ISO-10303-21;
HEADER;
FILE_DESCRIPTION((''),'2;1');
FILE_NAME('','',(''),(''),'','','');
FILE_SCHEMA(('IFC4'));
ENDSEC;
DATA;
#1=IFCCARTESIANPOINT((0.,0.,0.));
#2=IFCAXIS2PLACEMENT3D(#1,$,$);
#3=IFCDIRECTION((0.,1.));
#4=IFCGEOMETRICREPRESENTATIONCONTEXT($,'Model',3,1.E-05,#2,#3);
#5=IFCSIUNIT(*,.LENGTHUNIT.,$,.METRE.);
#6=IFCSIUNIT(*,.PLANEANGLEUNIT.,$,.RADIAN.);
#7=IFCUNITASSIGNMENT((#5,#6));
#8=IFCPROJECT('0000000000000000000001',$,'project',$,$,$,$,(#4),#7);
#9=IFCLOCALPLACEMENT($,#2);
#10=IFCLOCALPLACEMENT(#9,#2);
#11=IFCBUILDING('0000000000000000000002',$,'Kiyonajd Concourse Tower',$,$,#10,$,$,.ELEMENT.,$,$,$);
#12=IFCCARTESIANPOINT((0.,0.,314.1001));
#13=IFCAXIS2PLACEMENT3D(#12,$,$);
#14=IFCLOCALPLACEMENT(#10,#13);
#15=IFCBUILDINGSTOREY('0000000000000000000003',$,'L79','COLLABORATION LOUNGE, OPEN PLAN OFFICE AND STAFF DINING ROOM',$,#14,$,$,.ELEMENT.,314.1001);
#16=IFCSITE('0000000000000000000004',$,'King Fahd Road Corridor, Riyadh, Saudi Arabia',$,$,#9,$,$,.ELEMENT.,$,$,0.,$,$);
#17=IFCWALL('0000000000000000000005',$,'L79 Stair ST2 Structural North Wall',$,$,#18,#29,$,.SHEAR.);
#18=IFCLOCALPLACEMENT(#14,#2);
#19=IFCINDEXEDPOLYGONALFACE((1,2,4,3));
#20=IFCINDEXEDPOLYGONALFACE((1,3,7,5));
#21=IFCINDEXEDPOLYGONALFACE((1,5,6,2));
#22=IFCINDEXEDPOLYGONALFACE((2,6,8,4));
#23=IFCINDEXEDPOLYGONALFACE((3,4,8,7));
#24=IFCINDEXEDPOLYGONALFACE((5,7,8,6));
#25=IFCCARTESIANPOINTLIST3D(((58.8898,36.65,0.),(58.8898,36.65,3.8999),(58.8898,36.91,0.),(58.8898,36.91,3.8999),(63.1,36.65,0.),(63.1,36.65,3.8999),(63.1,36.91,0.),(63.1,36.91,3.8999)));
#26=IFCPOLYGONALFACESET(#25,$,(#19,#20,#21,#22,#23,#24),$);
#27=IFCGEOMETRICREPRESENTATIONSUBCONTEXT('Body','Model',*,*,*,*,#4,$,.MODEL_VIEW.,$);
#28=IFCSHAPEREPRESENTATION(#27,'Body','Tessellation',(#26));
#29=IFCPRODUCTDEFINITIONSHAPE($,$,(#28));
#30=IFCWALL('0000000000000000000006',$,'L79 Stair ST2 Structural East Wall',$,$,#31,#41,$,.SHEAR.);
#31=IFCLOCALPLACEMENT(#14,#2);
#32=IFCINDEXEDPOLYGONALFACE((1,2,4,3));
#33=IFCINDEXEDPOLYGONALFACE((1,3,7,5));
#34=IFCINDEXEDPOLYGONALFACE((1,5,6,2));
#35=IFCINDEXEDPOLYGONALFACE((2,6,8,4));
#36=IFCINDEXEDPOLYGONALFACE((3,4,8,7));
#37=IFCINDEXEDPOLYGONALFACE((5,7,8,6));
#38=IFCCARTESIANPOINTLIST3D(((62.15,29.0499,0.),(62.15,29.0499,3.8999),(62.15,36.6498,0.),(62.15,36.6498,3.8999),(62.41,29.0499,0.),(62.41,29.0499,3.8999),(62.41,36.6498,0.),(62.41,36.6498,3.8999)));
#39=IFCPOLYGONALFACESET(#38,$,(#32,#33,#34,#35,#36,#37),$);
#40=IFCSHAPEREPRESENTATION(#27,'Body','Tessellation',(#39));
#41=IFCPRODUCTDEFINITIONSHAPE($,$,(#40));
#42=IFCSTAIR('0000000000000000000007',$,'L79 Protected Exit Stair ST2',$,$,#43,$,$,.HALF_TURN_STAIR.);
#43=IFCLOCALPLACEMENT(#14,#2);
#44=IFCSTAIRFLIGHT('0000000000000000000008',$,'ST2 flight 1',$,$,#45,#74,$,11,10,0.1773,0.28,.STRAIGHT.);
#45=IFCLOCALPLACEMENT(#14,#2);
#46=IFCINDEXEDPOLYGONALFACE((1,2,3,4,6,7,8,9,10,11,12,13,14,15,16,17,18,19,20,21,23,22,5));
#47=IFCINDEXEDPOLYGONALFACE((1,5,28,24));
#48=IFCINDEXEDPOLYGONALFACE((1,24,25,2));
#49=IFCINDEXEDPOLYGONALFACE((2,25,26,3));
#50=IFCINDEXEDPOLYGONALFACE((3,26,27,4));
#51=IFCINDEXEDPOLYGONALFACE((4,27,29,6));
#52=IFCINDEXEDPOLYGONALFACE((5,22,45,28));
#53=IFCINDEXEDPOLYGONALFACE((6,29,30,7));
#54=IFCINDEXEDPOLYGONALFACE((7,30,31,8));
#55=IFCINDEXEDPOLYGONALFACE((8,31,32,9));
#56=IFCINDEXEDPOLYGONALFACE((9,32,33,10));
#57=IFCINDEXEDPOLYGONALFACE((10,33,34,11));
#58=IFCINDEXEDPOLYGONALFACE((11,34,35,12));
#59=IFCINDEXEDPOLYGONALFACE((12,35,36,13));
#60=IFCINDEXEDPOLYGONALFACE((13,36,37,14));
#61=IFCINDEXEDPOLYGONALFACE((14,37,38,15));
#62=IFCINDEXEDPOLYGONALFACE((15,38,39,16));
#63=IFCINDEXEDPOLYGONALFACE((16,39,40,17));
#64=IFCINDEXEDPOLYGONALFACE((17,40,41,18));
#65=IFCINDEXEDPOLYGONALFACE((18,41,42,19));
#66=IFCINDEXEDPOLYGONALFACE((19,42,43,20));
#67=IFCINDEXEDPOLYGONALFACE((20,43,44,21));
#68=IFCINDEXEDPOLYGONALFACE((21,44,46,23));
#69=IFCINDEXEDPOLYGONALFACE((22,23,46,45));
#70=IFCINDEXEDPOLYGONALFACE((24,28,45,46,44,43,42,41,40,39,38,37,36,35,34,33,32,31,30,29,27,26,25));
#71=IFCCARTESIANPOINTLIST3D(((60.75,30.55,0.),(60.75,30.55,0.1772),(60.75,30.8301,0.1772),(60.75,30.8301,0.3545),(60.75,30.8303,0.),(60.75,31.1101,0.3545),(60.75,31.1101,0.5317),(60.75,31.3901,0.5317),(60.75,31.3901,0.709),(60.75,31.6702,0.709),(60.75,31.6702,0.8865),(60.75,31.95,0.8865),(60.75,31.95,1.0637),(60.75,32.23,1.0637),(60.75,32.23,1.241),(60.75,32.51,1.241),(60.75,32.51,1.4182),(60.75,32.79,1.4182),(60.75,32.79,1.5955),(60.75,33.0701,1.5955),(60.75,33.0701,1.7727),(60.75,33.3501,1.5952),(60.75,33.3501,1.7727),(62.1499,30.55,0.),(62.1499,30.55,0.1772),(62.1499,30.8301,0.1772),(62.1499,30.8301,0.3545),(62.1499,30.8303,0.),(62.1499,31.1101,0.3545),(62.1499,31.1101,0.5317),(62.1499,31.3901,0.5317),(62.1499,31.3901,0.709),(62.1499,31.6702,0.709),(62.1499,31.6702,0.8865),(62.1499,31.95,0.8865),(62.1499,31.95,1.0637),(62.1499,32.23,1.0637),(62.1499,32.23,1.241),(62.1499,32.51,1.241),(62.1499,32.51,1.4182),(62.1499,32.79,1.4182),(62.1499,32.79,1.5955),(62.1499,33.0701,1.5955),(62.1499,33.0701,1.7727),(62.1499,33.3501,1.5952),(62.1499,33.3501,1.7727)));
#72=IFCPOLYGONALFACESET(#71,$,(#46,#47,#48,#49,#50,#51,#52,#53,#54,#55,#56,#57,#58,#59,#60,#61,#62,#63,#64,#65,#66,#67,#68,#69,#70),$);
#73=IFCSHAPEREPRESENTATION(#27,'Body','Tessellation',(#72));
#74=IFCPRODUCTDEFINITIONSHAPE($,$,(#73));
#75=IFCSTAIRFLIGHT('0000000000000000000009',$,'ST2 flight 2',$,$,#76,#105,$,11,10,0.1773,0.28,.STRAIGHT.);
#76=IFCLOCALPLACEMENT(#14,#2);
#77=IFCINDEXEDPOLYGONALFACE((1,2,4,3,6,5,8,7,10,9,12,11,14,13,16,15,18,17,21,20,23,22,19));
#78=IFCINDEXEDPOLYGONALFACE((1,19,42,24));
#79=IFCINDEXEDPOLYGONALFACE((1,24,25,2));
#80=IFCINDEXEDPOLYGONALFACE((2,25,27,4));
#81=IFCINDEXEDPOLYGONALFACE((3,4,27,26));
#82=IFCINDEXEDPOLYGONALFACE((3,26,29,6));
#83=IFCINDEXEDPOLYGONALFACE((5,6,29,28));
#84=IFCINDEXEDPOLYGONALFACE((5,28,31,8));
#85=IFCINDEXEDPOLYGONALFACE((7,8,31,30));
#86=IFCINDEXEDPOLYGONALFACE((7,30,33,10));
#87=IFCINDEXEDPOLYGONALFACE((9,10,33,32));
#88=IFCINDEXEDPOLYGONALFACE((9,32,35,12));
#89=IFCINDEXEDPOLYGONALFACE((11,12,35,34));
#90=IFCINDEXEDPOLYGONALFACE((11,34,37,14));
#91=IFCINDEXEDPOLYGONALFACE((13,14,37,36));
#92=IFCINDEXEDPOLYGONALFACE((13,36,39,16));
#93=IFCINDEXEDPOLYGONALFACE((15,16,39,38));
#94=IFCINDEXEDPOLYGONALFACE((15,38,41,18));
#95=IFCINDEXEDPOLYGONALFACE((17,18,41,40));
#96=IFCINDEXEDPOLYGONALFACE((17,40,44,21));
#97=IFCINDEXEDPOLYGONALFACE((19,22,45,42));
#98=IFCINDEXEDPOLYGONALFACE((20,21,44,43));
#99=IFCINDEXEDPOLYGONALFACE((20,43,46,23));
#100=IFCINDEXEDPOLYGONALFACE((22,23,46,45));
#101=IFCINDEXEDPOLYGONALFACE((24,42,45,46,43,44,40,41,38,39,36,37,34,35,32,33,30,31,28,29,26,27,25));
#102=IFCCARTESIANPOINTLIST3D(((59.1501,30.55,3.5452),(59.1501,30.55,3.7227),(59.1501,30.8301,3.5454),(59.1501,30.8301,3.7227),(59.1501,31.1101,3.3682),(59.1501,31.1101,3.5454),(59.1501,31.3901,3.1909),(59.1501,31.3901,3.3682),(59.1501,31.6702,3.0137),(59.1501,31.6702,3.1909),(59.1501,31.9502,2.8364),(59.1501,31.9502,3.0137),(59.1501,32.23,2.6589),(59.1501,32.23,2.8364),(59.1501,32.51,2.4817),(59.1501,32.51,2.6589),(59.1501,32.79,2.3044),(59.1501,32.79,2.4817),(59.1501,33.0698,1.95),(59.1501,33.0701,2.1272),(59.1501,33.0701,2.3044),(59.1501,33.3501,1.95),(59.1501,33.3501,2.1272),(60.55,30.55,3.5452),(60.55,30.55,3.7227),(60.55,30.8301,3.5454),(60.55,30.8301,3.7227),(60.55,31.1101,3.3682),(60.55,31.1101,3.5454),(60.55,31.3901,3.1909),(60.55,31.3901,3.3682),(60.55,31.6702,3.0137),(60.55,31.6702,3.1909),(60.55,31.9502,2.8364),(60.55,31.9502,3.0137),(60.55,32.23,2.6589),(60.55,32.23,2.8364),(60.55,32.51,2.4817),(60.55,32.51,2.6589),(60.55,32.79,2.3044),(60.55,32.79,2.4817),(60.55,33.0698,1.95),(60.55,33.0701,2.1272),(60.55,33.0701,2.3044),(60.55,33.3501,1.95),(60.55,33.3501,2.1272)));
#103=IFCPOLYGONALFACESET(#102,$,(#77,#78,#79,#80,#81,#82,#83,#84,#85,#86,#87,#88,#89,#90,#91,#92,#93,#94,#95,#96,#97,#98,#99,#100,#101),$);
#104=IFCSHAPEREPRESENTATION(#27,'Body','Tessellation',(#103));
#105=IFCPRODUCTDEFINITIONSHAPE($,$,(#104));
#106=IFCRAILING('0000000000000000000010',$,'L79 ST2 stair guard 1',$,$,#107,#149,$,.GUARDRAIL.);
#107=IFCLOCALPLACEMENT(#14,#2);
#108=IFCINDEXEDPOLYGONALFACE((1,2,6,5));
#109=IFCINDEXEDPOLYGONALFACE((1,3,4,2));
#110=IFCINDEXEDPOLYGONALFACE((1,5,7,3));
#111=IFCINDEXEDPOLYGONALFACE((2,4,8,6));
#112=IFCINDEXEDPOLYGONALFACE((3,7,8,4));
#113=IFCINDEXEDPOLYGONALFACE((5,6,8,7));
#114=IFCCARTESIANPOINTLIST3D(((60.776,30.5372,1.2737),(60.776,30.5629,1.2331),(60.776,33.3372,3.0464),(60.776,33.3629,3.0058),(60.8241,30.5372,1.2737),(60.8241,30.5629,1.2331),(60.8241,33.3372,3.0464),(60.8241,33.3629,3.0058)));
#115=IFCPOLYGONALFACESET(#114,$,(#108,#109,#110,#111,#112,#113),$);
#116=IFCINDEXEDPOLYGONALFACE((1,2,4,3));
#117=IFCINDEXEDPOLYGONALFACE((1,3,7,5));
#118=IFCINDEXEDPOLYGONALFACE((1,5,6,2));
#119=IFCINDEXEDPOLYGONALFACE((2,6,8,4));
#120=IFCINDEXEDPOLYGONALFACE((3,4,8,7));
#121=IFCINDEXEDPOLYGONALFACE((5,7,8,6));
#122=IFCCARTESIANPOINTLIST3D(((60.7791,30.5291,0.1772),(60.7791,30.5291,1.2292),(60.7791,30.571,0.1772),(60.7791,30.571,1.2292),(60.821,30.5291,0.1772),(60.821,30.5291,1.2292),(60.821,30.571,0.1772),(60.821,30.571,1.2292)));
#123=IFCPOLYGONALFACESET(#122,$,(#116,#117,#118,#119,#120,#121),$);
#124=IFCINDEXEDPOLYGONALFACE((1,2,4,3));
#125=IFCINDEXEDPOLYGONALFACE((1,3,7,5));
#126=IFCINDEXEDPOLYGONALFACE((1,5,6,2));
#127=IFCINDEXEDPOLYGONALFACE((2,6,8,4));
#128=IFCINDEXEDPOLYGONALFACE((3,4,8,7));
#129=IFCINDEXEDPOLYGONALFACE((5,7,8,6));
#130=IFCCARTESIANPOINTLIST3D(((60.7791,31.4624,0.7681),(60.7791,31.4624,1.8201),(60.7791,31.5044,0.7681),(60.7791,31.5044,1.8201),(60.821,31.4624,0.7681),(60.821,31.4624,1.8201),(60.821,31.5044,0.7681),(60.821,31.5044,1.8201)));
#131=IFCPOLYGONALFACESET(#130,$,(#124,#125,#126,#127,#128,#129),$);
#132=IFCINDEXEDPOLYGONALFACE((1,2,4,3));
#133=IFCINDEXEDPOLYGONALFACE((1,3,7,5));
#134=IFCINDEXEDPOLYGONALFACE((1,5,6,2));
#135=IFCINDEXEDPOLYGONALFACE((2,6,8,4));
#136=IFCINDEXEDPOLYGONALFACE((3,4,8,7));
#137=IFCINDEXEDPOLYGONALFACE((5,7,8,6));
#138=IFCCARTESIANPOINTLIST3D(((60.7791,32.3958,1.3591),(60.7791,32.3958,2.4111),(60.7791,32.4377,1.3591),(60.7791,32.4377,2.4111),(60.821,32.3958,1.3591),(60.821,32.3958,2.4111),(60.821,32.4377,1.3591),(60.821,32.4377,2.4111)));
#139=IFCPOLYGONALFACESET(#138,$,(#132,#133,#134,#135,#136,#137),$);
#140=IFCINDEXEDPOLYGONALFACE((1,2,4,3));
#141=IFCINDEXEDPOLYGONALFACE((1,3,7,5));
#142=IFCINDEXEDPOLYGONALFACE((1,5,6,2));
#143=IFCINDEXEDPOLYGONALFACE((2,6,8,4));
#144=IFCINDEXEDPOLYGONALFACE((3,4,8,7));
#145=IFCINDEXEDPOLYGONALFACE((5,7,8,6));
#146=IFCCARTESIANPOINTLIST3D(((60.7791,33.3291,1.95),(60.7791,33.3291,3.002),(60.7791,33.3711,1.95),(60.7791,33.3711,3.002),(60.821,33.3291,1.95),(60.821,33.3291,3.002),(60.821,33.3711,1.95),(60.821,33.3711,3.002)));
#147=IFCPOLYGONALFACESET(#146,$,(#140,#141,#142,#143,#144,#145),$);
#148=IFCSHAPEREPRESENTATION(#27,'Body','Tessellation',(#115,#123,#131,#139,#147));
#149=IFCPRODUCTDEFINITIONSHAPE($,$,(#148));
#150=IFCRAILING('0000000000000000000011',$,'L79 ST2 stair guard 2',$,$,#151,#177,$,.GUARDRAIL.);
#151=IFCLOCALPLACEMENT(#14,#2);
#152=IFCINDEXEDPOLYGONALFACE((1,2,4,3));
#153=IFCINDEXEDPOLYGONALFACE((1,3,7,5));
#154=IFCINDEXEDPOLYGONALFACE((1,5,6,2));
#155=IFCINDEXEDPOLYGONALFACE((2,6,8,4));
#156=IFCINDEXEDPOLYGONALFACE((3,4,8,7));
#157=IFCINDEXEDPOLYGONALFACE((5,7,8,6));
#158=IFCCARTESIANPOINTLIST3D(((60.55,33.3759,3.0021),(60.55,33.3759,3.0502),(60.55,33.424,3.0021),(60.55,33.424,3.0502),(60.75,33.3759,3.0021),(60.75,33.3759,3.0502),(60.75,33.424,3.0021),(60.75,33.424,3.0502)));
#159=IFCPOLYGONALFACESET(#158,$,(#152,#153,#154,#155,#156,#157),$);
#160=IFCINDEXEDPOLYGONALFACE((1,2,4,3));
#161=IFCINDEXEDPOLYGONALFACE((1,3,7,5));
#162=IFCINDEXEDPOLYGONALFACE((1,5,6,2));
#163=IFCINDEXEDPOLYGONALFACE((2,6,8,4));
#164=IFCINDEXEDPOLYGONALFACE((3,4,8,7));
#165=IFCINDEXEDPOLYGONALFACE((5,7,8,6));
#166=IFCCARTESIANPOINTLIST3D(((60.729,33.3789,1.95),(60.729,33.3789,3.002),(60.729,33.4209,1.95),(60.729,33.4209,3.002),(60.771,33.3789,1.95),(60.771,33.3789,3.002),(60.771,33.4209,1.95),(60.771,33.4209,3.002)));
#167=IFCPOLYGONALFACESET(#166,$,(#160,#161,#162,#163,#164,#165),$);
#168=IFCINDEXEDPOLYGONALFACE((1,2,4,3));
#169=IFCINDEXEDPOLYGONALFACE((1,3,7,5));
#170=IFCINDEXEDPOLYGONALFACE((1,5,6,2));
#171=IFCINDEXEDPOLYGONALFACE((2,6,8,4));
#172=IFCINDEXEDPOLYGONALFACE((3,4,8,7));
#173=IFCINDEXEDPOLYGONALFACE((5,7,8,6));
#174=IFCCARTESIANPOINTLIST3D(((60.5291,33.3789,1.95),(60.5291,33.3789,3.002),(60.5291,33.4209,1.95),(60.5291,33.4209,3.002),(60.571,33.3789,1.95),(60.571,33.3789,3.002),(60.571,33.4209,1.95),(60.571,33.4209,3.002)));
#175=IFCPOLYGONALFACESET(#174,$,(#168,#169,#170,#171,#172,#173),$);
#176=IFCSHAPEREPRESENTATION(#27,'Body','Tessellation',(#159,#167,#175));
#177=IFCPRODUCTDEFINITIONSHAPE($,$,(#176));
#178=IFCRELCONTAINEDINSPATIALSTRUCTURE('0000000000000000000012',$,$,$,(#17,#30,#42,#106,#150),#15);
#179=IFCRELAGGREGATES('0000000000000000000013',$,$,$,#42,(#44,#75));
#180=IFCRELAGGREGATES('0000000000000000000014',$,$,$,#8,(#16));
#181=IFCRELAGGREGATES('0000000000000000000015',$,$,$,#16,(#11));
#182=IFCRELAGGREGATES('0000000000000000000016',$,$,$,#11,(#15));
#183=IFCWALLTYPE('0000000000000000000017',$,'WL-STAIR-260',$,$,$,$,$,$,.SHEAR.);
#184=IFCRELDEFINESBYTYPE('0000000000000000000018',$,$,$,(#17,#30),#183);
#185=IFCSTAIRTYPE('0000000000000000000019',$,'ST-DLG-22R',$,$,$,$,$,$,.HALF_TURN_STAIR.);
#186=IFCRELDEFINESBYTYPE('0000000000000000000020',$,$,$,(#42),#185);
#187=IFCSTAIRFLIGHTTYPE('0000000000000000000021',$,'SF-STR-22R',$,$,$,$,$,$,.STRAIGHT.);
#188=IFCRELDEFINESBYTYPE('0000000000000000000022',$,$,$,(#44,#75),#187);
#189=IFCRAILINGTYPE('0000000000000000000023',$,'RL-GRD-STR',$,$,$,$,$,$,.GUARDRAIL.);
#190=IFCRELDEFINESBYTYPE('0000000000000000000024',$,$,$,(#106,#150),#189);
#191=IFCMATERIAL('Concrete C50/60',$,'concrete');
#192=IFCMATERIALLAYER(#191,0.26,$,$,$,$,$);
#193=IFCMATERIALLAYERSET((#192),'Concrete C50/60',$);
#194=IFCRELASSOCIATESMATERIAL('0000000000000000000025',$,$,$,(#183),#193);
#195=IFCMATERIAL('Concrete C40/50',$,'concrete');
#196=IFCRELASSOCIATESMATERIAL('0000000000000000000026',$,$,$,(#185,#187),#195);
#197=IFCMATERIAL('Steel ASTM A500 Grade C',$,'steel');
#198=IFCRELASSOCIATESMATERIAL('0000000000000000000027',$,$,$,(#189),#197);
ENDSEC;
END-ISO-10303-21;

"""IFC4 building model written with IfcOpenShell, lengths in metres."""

from ifc_helpers import new_model, si_unit, direction, frame, frame_2d, origin, origin_2d, place, context, subcontext, project, spatial, polyline, rectangle, outline, extrude, material, layer, layer_set, type_object, element, aggregate, save


model = new_model("IFC4")

# Units and contexts
model_context = context("Model", 3, precision=1e-05, world=origin(), true_north=direction((0.0, 1.0)))
body_context = subcontext(model_context, "Body", "Model", "MODEL_VIEW")
ifc_project = project(units=[si_unit("LENGTHUNIT", "METRE"), si_unit("PLANEANGLEUNIT", "RADIAN")], contexts=[model_context])

# Site, building, storey
site_placement = place(None, origin())
site = spatial("IfcSite", under=ifc_project, at=site_placement, Name="King Fahd Road Corridor, Riyadh, Saudi Arabia", CompositionType="ELEMENT", RefElevation=0.0)
building_placement = place(site_placement, origin())
building = spatial("IfcBuilding", under=site, at=building_placement, Name="Kiyonajd Concourse Tower", CompositionType="ELEMENT")
storey_placement = place(building_placement, frame((0.0, 0.0, 314.1001)))
storey = spatial("IfcBuildingStorey", under=building, at=storey_placement, Name="L79", Description="COLLABORATION LOUNGE, OPEN PLAN OFFICE AND STAFF DINING ROOM", CompositionType="ELEMENT", Elevation=314.1001)

# Shared definitions
ifc_material_1 = material(Name="Concrete C50/60", Category="concrete")

# Walls
ifc_layer_1 = layer(ifc_material_1, 0.26)
ifc_layer_set_1 = layer_set([ifc_layer_1], Name="Concrete C50/60")
wall_type_1 = type_object("IfcWallType", Name="WL-STAIR-260", PredefinedType="SHEAR", material=ifc_layer_set_1)
wall_1_placement = place(storey_placement, frame((58.8899, 36.78, 0.0), z_axis=(0.0, 0.0, 1.0), x_axis=(1.0, 0.0, 0.0)))
element("IfcWall", 1, at=wall_1_placement, inside=storey, type_object=wall_type_1, Name="L79 Stair ST2 Structural North Wall", PredefinedType="SHEAR", context=body_context, shape_type="SweptSolid", body=[
    extrude(rectangle(XDim=4.2102, YDim=0.26, at=frame_2d((2.105, 0.0))), origin(), (0.0, 0.0, 1.0), 3.8999),
])
wall_2_placement = place(storey_placement, frame((62.28, 29.05, 0.0), z_axis=(0.0, 0.0, 1.0), x_axis=(0.0, 1.0, 0.0)))
element("IfcWall", 2, at=wall_2_placement, inside=storey, type_object=wall_type_1, Name="L79 Stair ST2 Structural East Wall", PredefinedType="SHEAR", context=body_context, shape_type="SweptSolid", body=[
    extrude(rectangle(XDim=7.5999, YDim=0.26, at=frame_2d((3.7998, 0.0))), origin(), (0.0, 0.0, 1.0), 3.8999),
])

# Stair, stair flights
ifc_material_2 = material(Name="Concrete C40/50", Category="concrete")
stair_type = type_object("IfcStairType", Name="ST-DLG-22R", PredefinedType="HALF_TURN_STAIR", material=ifc_material_2)
stair_placement = place(storey_placement, origin())
stair = element("IfcStair", 3, at=stair_placement, inside=storey, type_object=stair_type, Name="L79 Protected Exit Stair ST2", PredefinedType="HALF_TURN_STAIR")
stair_flight_type = type_object("IfcStairFlightType", Name="SF-STR-22R", PredefinedType="STRAIGHT", material=ifc_material_2)
stair_flight_1_placement = place(storey_placement, frame((61.45, 30.55, 0.0), z_axis=(0.0, 0.0, 1.0), x_axis=(0.0, 1.0, 0.0)))
stair_flight_1 = element("IfcStairFlight", 4, at=stair_flight_1_placement, type_object=stair_flight_type, Name="ST2 flight 1", NumberOfRisers=11, NumberOfTreads=10, PredefinedType="STRAIGHT", RiserHeight=0.1773, TreadLength=0.28, context=body_context, shape_type="SweptSolid", body=[
    extrude(outline(polyline([(0.0, 0.0), (0.0, 0.1772), (0.28, 0.1772), (0.28, 0.3545), (0.5601, 0.3545), (0.5601, 0.5317), (0.8401, 0.5317), (0.8401, 0.709), (1.1201, 0.709), (1.1201, 0.8865), (1.3999, 0.8865), (1.3999, 1.0637), (1.6799, 1.0637), (1.6799, 1.241), (1.96, 1.241), (1.96, 1.4182), (2.24, 1.4182), (2.24, 1.5955), (2.52, 1.5955), (2.52, 1.7727), (2.8, 1.7727), (2.8, 1.95), (2.8, 1.5952), (0.2803, 0.0), (0.0, 0.0)])), frame((0.0, 0.7, 0.0), z_axis=(0.0, -1.0, 0.0), x_axis=(1.0, 0.0, 0.0)), (0.0, 0.0, 1.0), 1.3999),
])
stair_flight_2_placement = place(storey_placement, frame((59.8501, 33.3501, 1.95), z_axis=(0.0, 0.0, 1.0), x_axis=(0.0, -1.0, 0.0)))
stair_flight_2 = element("IfcStairFlight", 5, at=stair_flight_2_placement, type_object=stair_flight_type, Name="ST2 flight 2", NumberOfRisers=11, NumberOfTreads=10, PredefinedType="STRAIGHT", RiserHeight=0.1773, TreadLength=0.28, context=body_context, shape_type="SweptSolid", body=[
    extrude(outline(polyline([(0.0, 0.0), (0.0, 0.1772), (0.28, 0.1772), (0.28, 0.3545), (0.5601, 0.3545), (0.5601, 0.5317), (0.8401, 0.5317), (0.8401, 0.709), (1.1201, 0.709), (1.1201, 0.8865), (1.3999, 0.8865), (1.3999, 1.0637), (1.6799, 1.0637), (1.6799, 1.241), (1.96, 1.241), (1.96, 1.4182), (2.24, 1.4182), (2.24, 1.5955), (2.52, 1.5955), (2.52, 1.7727), (2.8, 1.7727), (2.8, 1.95), (2.8, 1.5952), (0.2803, 0.0), (0.0, 0.0)])), frame((0.0, 0.7, 0.0), z_axis=(0.0, -1.0, 0.0), x_axis=(1.0, 0.0, 0.0)), (0.0, 0.0, 1.0), 1.3999),
])
aggregate(stair, [stair_flight_1, stair_flight_2])

# Railings
ifc_material_3 = material(Name="Steel ASTM A500 Grade C", Category="steel")
railing_type_1 = type_object("IfcRailingType", Name="RL-GRD-STR", PredefinedType="GUARDRAIL", material=ifc_material_3)
railing_1_placement = place(storey_placement, frame((60.8, 30.55, 0.1772)))
element("IfcRailing", 6, at=railing_1_placement, inside=storey, type_object=railing_type_1, Name="L79 ST2 stair guard 1", PredefinedType="GUARDRAIL", context=body_context, shape_type="SweptSolid", body=[
    extrude(rectangle(XDim=0.0481, YDim=0.0481, at=origin_2d()), frame((0.0, 0.0, 1.0762), z_axis=(0.0, 0.844909, 0.53491), x_axis=(-1.0, 0.0, 0.0)), (0.0, 0.0, 1.0), 3.314),
    extrude(rectangle(XDim=0.042, YDim=0.042, at=origin_2d()), origin(), (0.0, 0.0, 1.0), 1.052),
    extrude(rectangle(XDim=0.042, YDim=0.042, at=origin_2d()), frame((0.0, 0.9333, 0.5908)), (0.0, 0.0, 1.0), 1.052),
    extrude(rectangle(XDim=0.042, YDim=0.042, at=origin_2d()), frame((0.0, 1.8667, 1.1819)), (0.0, 0.0, 1.0), 1.052),
    extrude(rectangle(XDim=0.042, YDim=0.042, at=origin_2d()), frame((0.0, 2.8, 1.7727)), (0.0, 0.0, 1.0), 1.052),
])
railing_2_placement = place(storey_placement, frame((60.75, 33.3999, 1.95)))
element("IfcRailing", 7, at=railing_2_placement, inside=storey, type_object=railing_type_1, Name="L79 ST2 stair guard 2", PredefinedType="GUARDRAIL", context=body_context, shape_type="SweptSolid", body=[
    extrude(rectangle(XDim=0.0481, YDim=0.0481, at=origin_2d()), frame((0.0, 0.0, 1.0762), z_axis=(-1.0, 0.0, 0.0), x_axis=(0.0, -1.0, 0.0)), (0.0, 0.0, 1.0), 0.2),
    extrude(rectangle(XDim=0.042, YDim=0.042, at=origin_2d()), origin(), (0.0, 0.0, 1.0), 1.052),
    extrude(rectangle(XDim=0.042, YDim=0.042, at=origin_2d()), frame((-0.2, 0.0, 0.0)), (0.0, 0.0, 1.0), 1.052),
])

save(model, "model.ifc")
